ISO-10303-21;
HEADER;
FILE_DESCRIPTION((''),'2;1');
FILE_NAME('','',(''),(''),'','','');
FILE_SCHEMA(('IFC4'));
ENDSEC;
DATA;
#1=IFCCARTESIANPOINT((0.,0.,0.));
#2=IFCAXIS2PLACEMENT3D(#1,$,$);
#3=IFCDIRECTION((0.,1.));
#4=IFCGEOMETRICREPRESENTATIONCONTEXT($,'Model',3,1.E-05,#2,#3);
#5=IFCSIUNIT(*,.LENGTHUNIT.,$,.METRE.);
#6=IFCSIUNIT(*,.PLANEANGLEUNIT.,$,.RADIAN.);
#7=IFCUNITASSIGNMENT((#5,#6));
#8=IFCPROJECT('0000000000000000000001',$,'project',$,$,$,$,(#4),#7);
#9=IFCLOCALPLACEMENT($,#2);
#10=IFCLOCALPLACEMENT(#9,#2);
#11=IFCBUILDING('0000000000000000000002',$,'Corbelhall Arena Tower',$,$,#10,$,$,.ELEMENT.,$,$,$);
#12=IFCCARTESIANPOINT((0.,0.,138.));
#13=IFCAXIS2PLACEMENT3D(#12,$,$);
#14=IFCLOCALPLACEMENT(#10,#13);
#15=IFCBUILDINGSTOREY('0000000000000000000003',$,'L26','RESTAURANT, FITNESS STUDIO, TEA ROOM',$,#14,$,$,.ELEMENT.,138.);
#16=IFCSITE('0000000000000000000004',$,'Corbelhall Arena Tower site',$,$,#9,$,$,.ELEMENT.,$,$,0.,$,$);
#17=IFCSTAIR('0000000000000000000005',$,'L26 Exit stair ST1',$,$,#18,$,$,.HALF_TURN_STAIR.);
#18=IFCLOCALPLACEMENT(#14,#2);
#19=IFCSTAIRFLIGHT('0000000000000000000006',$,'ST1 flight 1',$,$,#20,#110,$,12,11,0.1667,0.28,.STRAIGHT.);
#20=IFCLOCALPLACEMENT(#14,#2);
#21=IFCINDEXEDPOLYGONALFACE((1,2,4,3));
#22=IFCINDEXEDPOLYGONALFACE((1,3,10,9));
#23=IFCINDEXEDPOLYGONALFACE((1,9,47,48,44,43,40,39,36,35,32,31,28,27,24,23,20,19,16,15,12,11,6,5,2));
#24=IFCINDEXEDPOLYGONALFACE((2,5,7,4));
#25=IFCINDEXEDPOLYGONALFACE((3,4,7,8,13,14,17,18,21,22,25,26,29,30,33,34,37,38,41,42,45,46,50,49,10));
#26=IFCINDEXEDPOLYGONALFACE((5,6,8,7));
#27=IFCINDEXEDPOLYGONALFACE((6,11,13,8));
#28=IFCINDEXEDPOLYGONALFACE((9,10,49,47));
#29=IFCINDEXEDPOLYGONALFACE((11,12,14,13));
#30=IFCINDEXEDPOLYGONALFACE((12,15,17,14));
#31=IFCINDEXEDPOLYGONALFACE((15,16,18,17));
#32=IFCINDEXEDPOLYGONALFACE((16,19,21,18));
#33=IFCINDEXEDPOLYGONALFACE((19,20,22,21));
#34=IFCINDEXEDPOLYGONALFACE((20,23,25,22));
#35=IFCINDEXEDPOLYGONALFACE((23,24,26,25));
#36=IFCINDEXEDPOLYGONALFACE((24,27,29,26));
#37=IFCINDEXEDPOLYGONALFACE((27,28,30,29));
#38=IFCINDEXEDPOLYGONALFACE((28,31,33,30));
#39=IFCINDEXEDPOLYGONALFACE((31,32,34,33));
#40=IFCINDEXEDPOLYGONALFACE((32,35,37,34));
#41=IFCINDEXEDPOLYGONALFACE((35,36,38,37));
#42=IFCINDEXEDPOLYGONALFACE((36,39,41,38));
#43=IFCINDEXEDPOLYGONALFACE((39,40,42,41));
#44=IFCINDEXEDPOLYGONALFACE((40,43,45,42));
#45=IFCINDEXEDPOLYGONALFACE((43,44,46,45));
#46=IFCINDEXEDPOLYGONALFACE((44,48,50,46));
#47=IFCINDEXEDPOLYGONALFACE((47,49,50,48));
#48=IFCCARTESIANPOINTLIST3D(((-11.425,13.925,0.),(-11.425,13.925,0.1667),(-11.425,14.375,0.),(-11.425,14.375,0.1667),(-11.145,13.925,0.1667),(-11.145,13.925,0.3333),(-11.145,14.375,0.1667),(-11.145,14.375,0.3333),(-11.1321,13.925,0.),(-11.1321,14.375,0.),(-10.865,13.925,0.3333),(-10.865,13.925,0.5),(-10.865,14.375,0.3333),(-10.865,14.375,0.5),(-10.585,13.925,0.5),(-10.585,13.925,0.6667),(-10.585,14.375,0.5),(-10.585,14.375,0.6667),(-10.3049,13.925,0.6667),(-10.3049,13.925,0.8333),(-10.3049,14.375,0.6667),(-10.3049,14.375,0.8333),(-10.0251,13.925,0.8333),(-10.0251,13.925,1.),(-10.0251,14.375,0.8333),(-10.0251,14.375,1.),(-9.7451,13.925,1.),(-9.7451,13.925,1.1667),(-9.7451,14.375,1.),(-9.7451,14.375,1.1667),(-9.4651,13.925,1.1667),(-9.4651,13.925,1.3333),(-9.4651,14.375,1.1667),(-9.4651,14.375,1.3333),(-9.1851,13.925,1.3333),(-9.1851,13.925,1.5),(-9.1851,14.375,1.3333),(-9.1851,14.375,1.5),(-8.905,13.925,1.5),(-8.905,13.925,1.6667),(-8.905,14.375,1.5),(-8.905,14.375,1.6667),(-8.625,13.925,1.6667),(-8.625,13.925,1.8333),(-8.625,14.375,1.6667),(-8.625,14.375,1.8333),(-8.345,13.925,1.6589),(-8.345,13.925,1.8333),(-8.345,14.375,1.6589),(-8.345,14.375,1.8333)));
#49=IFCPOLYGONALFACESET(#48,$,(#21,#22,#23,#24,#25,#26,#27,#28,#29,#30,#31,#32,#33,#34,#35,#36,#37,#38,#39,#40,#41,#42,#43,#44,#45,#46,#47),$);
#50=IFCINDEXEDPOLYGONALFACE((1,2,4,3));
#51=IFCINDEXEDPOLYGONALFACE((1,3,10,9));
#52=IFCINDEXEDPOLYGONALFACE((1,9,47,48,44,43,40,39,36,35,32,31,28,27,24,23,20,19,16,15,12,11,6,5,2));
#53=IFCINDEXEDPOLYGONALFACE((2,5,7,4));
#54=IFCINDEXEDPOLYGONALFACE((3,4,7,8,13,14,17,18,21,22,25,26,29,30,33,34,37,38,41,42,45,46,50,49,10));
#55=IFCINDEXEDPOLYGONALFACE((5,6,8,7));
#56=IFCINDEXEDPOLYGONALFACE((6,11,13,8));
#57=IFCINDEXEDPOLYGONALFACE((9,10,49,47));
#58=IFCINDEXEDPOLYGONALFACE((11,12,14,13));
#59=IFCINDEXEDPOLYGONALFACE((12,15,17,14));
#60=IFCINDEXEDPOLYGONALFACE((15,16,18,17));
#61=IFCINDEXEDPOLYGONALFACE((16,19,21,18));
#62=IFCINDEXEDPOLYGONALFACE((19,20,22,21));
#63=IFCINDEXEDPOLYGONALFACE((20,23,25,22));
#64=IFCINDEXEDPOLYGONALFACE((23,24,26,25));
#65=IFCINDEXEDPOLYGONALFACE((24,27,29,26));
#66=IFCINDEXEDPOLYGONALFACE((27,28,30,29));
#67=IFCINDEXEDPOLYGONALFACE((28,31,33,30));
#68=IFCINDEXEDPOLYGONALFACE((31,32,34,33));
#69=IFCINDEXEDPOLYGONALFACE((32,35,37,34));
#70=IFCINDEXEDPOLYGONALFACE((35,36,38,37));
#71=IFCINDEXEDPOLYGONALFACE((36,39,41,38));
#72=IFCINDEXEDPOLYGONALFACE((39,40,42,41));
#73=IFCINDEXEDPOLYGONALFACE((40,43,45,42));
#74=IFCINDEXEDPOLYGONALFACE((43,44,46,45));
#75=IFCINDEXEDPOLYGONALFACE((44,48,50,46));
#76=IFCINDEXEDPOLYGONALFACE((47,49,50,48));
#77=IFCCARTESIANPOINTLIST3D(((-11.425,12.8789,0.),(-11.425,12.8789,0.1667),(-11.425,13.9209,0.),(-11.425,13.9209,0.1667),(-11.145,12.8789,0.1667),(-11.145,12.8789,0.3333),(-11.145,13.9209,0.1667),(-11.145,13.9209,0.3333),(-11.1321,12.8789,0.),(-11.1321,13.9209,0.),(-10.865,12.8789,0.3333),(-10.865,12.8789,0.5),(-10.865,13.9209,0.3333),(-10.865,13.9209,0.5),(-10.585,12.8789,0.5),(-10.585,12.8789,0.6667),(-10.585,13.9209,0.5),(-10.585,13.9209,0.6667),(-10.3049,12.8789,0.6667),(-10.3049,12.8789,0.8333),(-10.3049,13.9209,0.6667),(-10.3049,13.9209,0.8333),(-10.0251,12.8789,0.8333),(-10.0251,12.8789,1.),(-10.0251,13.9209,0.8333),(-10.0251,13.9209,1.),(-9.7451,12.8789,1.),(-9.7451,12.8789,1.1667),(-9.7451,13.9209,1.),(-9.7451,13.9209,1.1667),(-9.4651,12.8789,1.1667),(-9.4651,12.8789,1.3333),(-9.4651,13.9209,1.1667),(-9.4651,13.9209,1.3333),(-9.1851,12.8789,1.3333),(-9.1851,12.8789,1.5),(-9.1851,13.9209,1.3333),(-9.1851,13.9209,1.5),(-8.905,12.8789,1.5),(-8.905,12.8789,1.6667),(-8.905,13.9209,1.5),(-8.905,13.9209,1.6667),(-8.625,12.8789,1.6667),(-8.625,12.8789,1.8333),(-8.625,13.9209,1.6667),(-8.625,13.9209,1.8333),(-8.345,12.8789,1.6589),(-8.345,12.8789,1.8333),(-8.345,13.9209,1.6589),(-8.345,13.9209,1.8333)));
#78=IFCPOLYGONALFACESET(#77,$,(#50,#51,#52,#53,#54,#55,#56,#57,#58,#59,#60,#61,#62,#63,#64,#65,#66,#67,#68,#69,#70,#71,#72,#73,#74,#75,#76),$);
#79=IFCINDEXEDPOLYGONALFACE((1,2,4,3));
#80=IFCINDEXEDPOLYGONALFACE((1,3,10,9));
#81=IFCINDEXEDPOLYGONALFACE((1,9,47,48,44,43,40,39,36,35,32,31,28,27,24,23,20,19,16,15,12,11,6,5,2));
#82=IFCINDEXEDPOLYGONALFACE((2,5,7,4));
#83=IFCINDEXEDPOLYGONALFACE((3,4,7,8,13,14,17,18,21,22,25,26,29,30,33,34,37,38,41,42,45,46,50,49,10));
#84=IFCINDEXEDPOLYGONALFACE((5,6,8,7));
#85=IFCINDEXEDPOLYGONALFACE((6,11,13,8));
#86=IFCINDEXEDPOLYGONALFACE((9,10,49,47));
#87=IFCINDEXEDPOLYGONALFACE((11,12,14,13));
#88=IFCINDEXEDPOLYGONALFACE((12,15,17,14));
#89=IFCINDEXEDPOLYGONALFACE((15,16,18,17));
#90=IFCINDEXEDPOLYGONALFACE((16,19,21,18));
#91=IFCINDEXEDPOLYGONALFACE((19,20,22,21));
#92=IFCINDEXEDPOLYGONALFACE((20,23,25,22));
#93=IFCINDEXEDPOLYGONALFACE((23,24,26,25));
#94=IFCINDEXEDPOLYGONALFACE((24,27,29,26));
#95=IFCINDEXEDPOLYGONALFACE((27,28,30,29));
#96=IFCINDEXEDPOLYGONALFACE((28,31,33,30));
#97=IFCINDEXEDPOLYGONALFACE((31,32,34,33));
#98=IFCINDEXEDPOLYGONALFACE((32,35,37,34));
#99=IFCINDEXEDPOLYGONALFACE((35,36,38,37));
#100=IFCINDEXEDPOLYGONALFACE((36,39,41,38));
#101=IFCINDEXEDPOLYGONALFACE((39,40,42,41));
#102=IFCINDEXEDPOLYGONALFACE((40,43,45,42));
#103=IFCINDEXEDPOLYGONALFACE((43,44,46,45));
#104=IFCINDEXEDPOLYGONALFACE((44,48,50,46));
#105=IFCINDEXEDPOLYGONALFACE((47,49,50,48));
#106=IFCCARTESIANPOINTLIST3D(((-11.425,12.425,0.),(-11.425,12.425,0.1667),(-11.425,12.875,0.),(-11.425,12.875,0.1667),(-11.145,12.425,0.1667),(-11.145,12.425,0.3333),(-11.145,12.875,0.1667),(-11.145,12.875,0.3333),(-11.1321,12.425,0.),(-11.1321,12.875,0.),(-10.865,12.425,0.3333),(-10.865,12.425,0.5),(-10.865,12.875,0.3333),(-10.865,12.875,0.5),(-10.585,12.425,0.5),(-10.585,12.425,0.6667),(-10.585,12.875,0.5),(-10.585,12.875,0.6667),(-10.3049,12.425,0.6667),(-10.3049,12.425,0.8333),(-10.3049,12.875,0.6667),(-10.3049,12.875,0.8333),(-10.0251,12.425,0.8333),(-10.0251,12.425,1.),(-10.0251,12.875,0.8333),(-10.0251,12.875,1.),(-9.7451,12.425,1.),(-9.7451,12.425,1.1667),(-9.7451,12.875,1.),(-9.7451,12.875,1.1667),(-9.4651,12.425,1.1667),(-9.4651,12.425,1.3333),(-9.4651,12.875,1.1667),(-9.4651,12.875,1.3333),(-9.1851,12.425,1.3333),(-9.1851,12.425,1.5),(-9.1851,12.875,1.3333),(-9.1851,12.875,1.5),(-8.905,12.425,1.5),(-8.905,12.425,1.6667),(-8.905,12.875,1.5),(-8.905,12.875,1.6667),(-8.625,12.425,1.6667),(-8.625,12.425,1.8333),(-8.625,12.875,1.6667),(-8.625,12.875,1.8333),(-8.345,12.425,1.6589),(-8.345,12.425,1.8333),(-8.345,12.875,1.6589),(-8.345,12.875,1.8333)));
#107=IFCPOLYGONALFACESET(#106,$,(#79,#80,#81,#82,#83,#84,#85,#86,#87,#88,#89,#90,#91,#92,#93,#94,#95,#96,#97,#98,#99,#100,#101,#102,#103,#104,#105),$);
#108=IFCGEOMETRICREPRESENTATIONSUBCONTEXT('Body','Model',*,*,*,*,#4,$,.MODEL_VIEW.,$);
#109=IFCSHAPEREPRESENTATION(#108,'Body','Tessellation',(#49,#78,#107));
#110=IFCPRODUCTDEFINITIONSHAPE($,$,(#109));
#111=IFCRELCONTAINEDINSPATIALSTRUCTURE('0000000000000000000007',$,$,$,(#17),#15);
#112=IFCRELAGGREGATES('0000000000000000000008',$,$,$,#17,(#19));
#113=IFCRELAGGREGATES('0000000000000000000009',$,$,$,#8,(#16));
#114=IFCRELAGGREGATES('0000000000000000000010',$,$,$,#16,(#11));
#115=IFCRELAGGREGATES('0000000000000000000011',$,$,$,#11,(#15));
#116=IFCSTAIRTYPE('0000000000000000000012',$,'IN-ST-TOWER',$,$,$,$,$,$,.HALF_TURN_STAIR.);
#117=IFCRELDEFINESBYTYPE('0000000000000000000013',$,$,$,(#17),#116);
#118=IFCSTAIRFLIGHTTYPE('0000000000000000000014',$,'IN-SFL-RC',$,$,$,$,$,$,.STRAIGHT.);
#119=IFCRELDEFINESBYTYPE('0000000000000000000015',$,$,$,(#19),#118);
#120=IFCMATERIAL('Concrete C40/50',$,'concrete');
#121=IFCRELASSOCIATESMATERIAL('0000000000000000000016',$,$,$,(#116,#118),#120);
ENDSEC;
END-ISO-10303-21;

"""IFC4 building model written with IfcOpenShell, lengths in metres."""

from ifc_helpers import new_model, si_unit, direction, frame, origin, place, context, subcontext, project, spatial, polyline, outline, extrude, material, type_object, element, aggregate, save


model = new_model("IFC4")

# Units and contexts
model_context = context("Model", 3, precision=1e-05, world=origin(), true_north=direction((0.0, 1.0)))
body_context = subcontext(model_context, "Body", "Model", "MODEL_VIEW")
ifc_project = project(units=[si_unit("LENGTHUNIT", "METRE"), si_unit("PLANEANGLEUNIT", "RADIAN")], contexts=[model_context])

# Site, building, storey
site_placement = place(None, origin())
site = spatial("IfcSite", under=ifc_project, at=site_placement, Name="Corbelhall Arena Tower site", CompositionType="ELEMENT", RefElevation=0.0)
building_placement = place(site_placement, origin())
building = spatial("IfcBuilding", under=site, at=building_placement, Name="Corbelhall Arena Tower", CompositionType="ELEMENT")
storey_placement = place(building_placement, frame((0.0, 0.0, 138.0)))
storey = spatial("IfcBuildingStorey", under=building, at=storey_placement, Name="L26", Description="RESTAURANT, FITNESS STUDIO, TEA ROOM", CompositionType="ELEMENT", Elevation=138.0)

# Shared definitions
ifc_material_1 = material(Name="Concrete C40/50", Category="concrete")

# Stair, stair flight
stair_type = type_object("IfcStairType", Name="IN-ST-TOWER", PredefinedType="HALF_TURN_STAIR", material=ifc_material_1)
stair_placement = place(storey_placement, origin())
stair = element("IfcStair", 1, at=stair_placement, inside=storey, type_object=stair_type, Name="L26 Exit stair ST1", PredefinedType="HALF_TURN_STAIR")
stair_flight_type = type_object("IfcStairFlightType", Name="IN-SFL-RC", PredefinedType="STRAIGHT", material=ifc_material_1)
stair_flight_placement = place(storey_placement, frame((-11.425, 13.3999, 0.0), z_axis=(0.0, 0.0, 1.0), x_axis=(1.0, 0.0, 0.0)))
stair_flight = element("IfcStairFlight", 2, at=stair_flight_placement, type_object=stair_flight_type, Name="ST1 flight 1", NumberOfRisers=12, NumberOfTreads=11, PredefinedType="STRAIGHT", RiserHeight=0.1667, TreadLength=0.28, context=body_context, shape_type="SweptSolid", body=[
    extrude(outline(polyline([(0.0, 0.0), (0.0, 0.1667), (0.28, 0.1667), (0.28, 0.3333), (0.5601, 0.3333), (0.5601, 0.5), (0.8401, 0.5), (0.8401, 0.6667), (1.1201, 0.6667), (1.1201, 0.8333), (1.3999, 0.8333), (1.3999, 1.0), (1.6799, 1.0), (1.6799, 1.1667), (1.96, 1.1667), (1.96, 1.3333), (2.24, 1.3333), (2.24, 1.5), (2.52, 1.5), (2.52, 1.6667), (2.8, 1.6667), (2.8, 1.8333), (3.0801, 1.8333), (3.0801, 2.0), (3.0801, 1.6589), (0.293, 0.0), (0.0, 0.0)])), frame((0.0, 0.9751, 0.0), z_axis=(0.0, -1.0, 0.0), x_axis=(1.0, 0.0, 0.0)), (0.0, 0.0, 1.0), 0.45),
    extrude(outline(polyline([(0.0, 0.0), (0.0, 0.1667), (0.28, 0.1667), (0.28, 0.3333), (0.5601, 0.3333), (0.5601, 0.5), (0.8401, 0.5), (0.8401, 0.6667), (1.1201, 0.6667), (1.1201, 0.8333), (1.3999, 0.8333), (1.3999, 1.0), (1.6799, 1.0), (1.6799, 1.1667), (1.96, 1.1667), (1.96, 1.3333), (2.24, 1.3333), (2.24, 1.5), (2.52, 1.5), (2.52, 1.6667), (2.8, 1.6667), (2.8, 1.8333), (3.0801, 1.8333), (3.0801, 2.0), (3.0801, 1.6589), (0.293, 0.0), (0.0, 0.0)])), frame((0.0, 0.521, 0.0), z_axis=(0.0, -1.0, 0.0), x_axis=(1.0, 0.0, 0.0)), (0.0, 0.0, 1.0), 1.042),
    extrude(outline(polyline([(0.0, 0.0), (0.0, 0.1667), (0.28, 0.1667), (0.28, 0.3333), (0.5601, 0.3333), (0.5601, 0.5), (0.8401, 0.5), (0.8401, 0.6667), (1.1201, 0.6667), (1.1201, 0.8333), (1.3999, 0.8333), (1.3999, 1.0), (1.6799, 1.0), (1.6799, 1.1667), (1.96, 1.1667), (1.96, 1.3333), (2.24, 1.3333), (2.24, 1.5), (2.52, 1.5), (2.52, 1.6667), (2.8, 1.6667), (2.8, 1.8333), (3.0801, 1.8333), (3.0801, 2.0), (3.0801, 1.6589), (0.293, 0.0), (0.0, 0.0)])), frame((0.0, -0.5249, 0.0), z_axis=(0.0, -1.0, 0.0), x_axis=(1.0, 0.0, 0.0)), (0.0, 0.0, 1.0), 0.45),
])
aggregate(stair, [stair_flight])

save(model, "model.ifc")
